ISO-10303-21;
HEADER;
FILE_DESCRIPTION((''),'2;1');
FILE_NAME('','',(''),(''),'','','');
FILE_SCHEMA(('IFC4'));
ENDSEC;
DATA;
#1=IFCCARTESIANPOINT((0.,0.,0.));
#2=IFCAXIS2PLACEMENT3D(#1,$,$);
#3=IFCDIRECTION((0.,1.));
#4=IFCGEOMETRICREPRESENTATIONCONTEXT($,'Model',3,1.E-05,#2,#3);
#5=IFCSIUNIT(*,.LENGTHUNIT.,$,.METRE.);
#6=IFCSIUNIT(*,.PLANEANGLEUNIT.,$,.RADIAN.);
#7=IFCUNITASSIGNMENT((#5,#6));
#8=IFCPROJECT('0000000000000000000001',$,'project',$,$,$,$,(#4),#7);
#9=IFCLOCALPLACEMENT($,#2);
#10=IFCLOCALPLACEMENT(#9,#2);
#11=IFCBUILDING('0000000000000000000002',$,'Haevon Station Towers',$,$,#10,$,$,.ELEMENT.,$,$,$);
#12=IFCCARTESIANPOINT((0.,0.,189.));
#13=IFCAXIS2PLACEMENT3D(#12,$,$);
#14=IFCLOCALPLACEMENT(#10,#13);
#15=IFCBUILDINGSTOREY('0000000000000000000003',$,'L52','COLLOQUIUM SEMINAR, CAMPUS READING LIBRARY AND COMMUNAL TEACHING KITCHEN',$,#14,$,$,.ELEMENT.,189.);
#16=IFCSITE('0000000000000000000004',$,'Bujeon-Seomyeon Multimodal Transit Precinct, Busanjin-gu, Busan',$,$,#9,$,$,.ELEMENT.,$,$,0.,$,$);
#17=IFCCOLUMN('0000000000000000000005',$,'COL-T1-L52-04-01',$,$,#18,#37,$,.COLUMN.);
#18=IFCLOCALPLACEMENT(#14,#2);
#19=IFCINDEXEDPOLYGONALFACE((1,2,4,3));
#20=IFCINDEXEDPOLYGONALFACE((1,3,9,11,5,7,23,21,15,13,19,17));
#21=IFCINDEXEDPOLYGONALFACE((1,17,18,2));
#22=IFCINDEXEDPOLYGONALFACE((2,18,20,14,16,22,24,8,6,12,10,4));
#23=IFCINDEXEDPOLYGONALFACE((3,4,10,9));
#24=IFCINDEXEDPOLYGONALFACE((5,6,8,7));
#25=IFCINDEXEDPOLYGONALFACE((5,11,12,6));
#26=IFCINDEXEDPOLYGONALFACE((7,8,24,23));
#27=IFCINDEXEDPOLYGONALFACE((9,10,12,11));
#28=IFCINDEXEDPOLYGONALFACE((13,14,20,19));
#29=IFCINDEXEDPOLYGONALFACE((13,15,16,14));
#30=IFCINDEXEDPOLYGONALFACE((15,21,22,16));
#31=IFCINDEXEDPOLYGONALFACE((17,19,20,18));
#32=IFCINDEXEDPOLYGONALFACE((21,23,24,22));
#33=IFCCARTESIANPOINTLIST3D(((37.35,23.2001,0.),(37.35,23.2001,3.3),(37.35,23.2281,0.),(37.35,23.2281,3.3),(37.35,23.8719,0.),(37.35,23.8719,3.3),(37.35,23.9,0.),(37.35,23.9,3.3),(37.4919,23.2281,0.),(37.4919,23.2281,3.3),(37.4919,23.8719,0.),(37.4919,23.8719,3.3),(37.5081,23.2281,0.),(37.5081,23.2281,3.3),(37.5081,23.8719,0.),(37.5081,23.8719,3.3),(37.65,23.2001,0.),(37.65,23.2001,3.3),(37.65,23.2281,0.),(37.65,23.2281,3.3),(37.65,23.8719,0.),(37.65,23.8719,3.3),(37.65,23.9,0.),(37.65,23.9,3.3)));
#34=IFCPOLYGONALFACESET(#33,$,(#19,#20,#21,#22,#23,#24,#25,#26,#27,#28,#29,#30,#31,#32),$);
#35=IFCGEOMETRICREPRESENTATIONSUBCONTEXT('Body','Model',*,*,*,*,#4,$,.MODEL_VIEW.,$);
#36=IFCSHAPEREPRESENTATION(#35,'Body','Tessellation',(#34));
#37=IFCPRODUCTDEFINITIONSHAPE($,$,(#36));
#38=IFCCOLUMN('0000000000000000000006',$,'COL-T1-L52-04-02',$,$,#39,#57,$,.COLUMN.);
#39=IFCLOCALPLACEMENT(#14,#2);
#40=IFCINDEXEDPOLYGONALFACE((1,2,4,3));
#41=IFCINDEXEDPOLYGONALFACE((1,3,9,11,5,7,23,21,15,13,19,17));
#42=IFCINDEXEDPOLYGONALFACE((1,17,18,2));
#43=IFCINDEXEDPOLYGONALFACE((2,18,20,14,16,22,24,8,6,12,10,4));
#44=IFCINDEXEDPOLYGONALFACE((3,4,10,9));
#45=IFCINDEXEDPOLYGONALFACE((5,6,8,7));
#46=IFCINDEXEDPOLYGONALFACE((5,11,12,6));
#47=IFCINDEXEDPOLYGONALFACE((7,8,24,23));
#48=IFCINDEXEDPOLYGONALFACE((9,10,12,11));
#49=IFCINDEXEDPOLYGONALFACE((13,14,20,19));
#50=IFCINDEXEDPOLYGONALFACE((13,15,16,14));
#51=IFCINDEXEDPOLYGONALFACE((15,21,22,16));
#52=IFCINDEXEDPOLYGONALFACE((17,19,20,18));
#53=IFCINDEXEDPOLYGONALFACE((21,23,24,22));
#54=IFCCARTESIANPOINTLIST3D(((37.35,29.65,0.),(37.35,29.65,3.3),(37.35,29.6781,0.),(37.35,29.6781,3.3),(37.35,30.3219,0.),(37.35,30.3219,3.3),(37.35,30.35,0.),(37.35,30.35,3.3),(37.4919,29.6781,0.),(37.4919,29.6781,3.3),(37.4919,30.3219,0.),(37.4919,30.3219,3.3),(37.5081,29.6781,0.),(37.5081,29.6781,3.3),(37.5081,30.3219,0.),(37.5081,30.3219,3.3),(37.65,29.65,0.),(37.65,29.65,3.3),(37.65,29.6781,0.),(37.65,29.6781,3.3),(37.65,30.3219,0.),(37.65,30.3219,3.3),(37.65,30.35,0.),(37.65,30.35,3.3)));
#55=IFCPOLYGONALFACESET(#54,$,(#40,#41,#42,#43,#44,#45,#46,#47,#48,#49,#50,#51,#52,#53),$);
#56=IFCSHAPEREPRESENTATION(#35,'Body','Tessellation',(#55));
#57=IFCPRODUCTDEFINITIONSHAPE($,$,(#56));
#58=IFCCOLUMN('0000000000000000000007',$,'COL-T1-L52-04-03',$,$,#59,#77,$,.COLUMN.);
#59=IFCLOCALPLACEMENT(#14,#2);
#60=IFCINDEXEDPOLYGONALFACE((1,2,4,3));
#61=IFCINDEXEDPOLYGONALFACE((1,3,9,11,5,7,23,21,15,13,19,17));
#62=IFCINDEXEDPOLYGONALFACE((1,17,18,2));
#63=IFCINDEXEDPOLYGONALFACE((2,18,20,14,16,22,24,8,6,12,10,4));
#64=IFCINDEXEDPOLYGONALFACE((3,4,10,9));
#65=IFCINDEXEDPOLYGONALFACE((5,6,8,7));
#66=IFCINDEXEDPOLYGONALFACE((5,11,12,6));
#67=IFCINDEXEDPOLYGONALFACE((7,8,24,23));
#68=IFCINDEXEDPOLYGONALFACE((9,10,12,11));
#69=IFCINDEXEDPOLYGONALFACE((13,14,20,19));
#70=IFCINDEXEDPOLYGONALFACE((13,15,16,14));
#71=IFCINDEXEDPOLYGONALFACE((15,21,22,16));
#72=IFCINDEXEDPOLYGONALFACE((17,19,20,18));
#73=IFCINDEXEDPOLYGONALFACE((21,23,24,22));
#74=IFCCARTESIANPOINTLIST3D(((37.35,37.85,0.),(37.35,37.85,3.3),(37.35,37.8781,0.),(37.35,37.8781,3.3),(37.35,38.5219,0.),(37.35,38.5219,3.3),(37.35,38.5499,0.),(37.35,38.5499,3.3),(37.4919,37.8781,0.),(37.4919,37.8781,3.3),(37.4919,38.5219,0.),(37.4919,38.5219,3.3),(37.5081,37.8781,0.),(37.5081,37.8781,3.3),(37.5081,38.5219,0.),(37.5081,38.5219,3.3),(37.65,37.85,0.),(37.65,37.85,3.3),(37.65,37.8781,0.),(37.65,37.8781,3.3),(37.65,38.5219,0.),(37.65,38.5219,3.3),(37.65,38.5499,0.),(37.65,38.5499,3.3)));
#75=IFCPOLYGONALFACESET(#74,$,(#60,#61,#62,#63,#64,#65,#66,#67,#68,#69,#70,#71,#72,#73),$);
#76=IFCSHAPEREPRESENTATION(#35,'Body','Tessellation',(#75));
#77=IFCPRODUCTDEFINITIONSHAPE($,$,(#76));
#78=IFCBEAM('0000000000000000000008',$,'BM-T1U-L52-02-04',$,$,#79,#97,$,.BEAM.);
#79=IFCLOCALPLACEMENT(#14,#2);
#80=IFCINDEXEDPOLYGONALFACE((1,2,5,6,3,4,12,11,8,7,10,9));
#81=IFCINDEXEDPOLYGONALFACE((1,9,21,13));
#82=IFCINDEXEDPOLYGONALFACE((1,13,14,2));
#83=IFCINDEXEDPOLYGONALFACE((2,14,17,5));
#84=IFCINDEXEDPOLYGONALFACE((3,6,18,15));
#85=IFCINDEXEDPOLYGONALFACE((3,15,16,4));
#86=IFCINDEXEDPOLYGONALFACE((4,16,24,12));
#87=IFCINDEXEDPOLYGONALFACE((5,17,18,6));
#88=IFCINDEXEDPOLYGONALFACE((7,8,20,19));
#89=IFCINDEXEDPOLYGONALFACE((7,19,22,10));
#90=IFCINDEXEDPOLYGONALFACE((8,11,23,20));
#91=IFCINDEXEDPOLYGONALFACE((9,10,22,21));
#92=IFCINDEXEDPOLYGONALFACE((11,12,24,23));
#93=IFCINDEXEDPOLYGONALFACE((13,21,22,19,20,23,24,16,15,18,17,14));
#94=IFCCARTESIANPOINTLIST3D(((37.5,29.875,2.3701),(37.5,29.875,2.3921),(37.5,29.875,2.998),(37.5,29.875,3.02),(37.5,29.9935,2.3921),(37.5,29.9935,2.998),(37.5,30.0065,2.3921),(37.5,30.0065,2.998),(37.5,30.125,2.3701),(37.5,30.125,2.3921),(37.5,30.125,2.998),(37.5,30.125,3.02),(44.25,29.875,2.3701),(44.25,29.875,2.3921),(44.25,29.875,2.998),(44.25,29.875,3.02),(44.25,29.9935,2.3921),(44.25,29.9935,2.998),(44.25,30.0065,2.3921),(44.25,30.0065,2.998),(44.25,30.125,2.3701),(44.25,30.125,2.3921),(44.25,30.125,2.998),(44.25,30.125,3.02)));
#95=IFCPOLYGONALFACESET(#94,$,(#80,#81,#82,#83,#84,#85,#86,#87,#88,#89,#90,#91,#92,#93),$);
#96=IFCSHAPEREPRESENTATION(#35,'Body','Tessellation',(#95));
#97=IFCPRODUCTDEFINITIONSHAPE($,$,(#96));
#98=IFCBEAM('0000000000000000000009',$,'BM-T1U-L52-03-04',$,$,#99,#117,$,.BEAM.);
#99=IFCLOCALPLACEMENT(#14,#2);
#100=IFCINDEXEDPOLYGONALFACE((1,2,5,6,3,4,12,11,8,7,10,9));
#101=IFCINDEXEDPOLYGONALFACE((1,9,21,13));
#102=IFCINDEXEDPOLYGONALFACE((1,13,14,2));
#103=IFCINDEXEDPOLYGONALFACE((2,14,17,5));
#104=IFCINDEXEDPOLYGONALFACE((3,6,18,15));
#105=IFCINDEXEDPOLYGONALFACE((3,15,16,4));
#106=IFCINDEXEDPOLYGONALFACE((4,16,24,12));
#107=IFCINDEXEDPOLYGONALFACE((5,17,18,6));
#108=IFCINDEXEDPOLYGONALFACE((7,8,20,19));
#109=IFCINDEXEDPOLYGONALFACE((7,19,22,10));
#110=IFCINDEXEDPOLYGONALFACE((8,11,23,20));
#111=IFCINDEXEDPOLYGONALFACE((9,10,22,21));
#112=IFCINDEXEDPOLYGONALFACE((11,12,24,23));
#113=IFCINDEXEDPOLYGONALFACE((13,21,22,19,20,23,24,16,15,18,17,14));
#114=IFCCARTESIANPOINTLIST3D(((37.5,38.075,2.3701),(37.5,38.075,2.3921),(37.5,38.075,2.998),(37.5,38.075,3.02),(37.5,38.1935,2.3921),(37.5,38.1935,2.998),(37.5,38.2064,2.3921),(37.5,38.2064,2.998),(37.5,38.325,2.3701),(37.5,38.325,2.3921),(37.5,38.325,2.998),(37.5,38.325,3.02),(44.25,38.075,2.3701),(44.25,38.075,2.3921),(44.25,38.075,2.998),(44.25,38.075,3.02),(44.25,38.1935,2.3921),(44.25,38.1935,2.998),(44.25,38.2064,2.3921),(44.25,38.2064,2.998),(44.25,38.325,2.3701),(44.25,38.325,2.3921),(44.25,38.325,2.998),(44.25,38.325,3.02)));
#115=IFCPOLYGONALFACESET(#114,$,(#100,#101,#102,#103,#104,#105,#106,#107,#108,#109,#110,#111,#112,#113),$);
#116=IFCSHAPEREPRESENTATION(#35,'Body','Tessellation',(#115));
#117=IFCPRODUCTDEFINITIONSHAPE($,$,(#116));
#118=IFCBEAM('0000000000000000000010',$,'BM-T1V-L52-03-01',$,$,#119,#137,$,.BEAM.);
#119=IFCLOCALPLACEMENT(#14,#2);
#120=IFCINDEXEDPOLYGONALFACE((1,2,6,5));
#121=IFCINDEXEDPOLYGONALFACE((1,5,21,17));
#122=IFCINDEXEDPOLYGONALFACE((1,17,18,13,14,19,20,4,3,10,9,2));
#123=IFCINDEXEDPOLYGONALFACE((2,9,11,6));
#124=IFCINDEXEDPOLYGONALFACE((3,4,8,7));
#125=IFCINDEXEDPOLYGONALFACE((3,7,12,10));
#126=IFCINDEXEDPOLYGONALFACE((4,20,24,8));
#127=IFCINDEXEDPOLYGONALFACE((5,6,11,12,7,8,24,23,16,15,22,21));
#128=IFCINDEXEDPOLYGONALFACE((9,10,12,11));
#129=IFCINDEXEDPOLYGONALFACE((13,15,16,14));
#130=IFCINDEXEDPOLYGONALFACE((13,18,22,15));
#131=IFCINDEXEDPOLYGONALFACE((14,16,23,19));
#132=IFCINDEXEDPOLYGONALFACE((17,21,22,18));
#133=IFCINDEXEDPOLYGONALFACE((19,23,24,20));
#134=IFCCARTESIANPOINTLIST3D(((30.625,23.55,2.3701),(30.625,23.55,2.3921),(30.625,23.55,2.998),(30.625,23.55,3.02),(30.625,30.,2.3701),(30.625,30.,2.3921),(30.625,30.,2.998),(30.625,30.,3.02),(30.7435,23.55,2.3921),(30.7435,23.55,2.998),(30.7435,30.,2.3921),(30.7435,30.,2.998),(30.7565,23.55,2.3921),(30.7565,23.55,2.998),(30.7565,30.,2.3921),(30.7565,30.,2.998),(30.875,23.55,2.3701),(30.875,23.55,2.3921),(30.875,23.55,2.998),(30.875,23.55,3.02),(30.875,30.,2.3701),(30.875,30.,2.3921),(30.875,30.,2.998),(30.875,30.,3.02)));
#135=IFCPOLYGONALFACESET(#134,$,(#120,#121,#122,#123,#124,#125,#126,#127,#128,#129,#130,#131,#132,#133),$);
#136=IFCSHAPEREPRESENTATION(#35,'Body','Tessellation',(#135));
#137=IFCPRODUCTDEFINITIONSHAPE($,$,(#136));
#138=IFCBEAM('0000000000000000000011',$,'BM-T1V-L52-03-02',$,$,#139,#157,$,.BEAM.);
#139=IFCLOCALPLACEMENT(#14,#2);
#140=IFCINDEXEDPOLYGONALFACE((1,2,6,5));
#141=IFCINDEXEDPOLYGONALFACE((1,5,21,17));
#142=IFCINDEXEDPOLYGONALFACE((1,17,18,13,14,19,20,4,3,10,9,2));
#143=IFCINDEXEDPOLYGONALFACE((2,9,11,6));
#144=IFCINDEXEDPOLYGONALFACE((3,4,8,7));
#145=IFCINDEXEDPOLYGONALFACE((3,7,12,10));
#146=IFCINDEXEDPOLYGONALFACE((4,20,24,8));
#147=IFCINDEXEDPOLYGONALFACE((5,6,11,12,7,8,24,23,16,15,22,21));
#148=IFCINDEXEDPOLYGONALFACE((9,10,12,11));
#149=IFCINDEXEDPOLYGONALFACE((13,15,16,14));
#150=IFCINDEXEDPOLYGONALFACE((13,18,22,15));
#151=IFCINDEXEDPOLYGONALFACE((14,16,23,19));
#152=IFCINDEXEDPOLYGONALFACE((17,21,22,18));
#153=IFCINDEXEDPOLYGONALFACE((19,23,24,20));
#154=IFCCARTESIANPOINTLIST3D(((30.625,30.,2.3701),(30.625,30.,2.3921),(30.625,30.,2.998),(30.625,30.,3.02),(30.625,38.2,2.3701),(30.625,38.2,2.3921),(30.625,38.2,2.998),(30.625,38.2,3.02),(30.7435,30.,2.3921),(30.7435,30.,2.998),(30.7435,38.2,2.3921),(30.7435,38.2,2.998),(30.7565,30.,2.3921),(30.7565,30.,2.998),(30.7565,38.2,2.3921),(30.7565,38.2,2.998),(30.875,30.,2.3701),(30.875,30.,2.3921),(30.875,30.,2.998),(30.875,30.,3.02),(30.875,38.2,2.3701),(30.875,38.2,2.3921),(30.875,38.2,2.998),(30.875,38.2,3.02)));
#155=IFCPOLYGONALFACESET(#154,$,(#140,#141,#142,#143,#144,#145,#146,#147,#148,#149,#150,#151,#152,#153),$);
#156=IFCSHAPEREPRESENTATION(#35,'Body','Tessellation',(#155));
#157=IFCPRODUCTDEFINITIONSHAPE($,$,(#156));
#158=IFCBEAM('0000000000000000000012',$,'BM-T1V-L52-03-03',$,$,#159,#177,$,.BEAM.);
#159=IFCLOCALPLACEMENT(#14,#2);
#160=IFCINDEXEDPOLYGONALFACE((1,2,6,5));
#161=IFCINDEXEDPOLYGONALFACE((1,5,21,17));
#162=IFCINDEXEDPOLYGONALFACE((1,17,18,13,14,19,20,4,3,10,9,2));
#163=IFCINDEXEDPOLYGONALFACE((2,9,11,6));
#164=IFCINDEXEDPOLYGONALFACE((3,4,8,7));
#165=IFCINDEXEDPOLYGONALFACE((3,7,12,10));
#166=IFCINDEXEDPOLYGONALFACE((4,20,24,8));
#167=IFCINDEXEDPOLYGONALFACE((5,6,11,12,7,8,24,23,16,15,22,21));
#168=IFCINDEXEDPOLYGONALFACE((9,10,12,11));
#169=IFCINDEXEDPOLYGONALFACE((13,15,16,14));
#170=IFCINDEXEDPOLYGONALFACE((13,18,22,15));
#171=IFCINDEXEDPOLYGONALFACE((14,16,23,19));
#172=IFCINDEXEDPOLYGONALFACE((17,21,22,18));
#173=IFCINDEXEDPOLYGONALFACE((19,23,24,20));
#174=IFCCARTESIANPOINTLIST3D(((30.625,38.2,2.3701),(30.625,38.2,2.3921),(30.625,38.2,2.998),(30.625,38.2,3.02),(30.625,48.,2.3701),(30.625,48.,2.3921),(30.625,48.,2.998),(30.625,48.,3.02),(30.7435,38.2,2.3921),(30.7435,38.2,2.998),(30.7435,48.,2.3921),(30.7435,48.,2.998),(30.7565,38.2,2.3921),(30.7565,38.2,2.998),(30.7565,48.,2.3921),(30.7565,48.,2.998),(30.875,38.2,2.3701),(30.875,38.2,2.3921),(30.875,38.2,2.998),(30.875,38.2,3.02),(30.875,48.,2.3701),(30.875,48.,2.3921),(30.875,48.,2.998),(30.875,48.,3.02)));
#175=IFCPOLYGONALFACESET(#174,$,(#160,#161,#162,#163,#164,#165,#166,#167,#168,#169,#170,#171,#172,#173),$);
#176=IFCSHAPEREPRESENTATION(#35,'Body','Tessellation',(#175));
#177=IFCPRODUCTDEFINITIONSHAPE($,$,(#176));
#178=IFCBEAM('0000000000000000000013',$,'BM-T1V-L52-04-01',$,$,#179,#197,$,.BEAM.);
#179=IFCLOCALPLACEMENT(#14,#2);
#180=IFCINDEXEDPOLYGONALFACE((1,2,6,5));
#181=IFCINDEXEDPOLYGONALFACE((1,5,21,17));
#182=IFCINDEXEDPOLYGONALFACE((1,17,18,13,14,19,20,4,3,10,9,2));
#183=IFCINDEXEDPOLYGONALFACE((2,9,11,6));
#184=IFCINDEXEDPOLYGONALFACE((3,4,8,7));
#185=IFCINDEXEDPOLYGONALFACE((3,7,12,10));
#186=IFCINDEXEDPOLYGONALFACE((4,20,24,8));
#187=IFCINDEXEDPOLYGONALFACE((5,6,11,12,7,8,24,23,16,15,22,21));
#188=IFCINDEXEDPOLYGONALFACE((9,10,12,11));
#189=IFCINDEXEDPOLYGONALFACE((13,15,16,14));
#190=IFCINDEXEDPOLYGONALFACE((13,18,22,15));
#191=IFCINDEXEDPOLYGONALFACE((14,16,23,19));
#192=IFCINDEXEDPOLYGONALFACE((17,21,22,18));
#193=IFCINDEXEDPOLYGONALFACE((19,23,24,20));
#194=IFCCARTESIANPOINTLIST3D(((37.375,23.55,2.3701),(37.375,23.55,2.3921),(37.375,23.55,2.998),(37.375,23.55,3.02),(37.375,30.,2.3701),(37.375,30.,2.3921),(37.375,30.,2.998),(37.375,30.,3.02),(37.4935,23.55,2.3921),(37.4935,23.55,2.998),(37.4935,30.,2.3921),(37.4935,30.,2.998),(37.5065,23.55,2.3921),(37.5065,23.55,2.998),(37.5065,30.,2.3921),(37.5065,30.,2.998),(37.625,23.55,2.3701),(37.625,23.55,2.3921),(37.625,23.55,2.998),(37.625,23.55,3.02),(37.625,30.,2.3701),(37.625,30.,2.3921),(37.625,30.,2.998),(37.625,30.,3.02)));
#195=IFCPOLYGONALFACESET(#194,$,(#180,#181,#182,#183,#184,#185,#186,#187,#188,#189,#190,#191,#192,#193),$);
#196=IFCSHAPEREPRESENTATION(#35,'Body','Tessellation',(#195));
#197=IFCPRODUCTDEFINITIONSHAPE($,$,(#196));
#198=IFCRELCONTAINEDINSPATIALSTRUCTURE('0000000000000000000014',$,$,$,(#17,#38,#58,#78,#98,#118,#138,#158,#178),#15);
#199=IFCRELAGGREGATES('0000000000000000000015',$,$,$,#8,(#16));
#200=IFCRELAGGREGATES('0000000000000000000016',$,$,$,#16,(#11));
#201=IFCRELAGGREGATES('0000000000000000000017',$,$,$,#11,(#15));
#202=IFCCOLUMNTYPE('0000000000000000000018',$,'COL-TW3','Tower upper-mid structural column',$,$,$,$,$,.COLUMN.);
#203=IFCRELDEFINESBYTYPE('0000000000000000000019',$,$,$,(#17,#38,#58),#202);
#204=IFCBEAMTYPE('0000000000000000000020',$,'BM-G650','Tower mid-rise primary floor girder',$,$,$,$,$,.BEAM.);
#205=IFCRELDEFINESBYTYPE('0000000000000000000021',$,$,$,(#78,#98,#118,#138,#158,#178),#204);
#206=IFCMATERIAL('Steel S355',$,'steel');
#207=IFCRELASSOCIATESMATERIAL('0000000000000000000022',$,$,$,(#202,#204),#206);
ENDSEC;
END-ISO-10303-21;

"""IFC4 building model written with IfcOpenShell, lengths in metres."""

from ifc_helpers import new_model, si_unit, direction, frame, origin, origin_2d, place, context, subcontext, project, spatial, i_section, extrude, material, material_profile, profile_set, type_object, element, save


model = new_model("IFC4")

# Units and contexts
model_context = context("Model", 3, precision=1e-05, world=origin(), true_north=direction((0.0, 1.0)))
body_context = subcontext(model_context, "Body", "Model", "MODEL_VIEW")
ifc_project = project(units=[si_unit("LENGTHUNIT", "METRE"), si_unit("PLANEANGLEUNIT", "RADIAN")], contexts=[model_context])

# Site, building, storey
site_placement = place(None, origin())
site = spatial("IfcSite", under=ifc_project, at=site_placement, Name="Bujeon-Seomyeon Multimodal Transit Precinct, Busanjin-gu, Busan", CompositionType="ELEMENT", RefElevation=0.0)
building_placement = place(site_placement, origin())
building = spatial("IfcBuilding", under=site, at=building_placement, Name="Haevon Station Towers", CompositionType="ELEMENT")
storey_placement = place(building_placement, frame((0.0, 0.0, 189.0)))
storey = spatial("IfcBuildingStorey", under=building, at=storey_placement, Name="L52", Description="COLLOQUIUM SEMINAR, CAMPUS READING LIBRARY AND COMMUNAL TEACHING KITCHEN", CompositionType="ELEMENT", Elevation=189.0)

# Columns
ifc_material_1 = material(Name="Steel S355", Category="steel")
ifc_material_profile_1 = material_profile(ifc_material_1, i_section(OverallWidth=0.3, OverallDepth=0.7, WebThickness=0.0161, FlangeThickness=0.0281, at=origin_2d()), Name="H-700x300x16x28")
ifc_profile_set_1 = profile_set([ifc_material_profile_1], Name="Steel S355")
column_type = type_object("IfcColumnType", Name="COL-TW3", Description="Tower upper-mid structural column", PredefinedType="COLUMN", material=ifc_profile_set_1)
for number, where, z_axis, x_axis, name in (
    (1, (37.5, 23.55, 0.0), (0.0, 0.0, 1.0), (1.0, 0.0, 0.0), "COL-T1-L52-04-01"),
    (2, (37.5, 30.0, 0.0), (0.0, 0.0, 1.0), (1.0, 0.0, 0.0), "COL-T1-L52-04-02"),
    (3, (37.5, 38.2, 0.0), (0.0, 0.0, 1.0), (1.0, 0.0, 0.0), "COL-T1-L52-04-03"),
):
    element("IfcColumn", number, at=place(storey_placement, frame(where, z_axis=z_axis, x_axis=x_axis)), inside=storey, type_object=column_type, Name=name, PredefinedType="COLUMN", context=body_context, shape_type="SweptSolid", body=[
        extrude(i_section(OverallWidth=0.3, OverallDepth=0.7, WebThickness=0.0161, FlangeThickness=0.0281, at=origin_2d()), origin(), (0.0, 0.0, 1.0), 3.3),
    ])

# Beams
ifc_material_profile_2 = material_profile(ifc_material_1, i_section(OverallWidth=0.25, OverallDepth=0.6499, WebThickness=0.0129, FlangeThickness=0.022, at=origin_2d()), Name="H-650x250x13x22")
ifc_profile_set_2 = profile_set([ifc_material_profile_2], Name="Steel S355")
beam_type_1 = type_object("IfcBeamType", Name="BM-G650", Description="Tower mid-rise primary floor girder", PredefinedType="BEAM", material=ifc_profile_set_2)
for number, where, z_axis, x_axis, name in (
    (4, (37.5, 30.0, 2.6951), (1.0, 0.0, 0.0), (0.0, 1.0, 0.0), "BM-T1U-L52-02-04"),
    (5, (37.5, 38.2, 2.6951), (1.0, 0.0, 0.0), (0.0, 1.0, 0.0), "BM-T1U-L52-03-04"),
):
    element("IfcBeam", number, at=place(storey_placement, frame(where, z_axis=z_axis, x_axis=x_axis)), inside=storey, type_object=beam_type_1, Name=name, PredefinedType="BEAM", context=body_context, shape_type="SweptSolid", body=[
        extrude(i_section(OverallWidth=0.25, OverallDepth=0.6499, WebThickness=0.0129, FlangeThickness=0.022, at=origin_2d()), origin(), (0.0, 0.0, 1.0), 6.75),
    ])
beam_1_placement = place(storey_placement, frame((30.75, 23.55, 2.6951), z_axis=(0.0, 1.0, 0.0), x_axis=(-1.0, 0.0, 0.0)))
element("IfcBeam", 6, at=beam_1_placement, inside=storey, type_object=beam_type_1, Name="BM-T1V-L52-03-01", PredefinedType="BEAM", context=body_context, shape_type="SweptSolid", body=[
    extrude(i_section(OverallWidth=0.25, OverallDepth=0.6499, WebThickness=0.0129, FlangeThickness=0.022, at=origin_2d()), origin(), (0.0, 0.0, 1.0), 6.45),
])
beam_2_placement = place(storey_placement, frame((30.75, 30.0, 2.6951), z_axis=(0.0, 1.0, 0.0), x_axis=(-1.0, 0.0, 0.0)))
element("IfcBeam", 7, at=beam_2_placement, inside=storey, type_object=beam_type_1, Name="BM-T1V-L52-03-02", PredefinedType="BEAM", context=body_context, shape_type="SweptSolid", body=[
    extrude(i_section(OverallWidth=0.25, OverallDepth=0.6499, WebThickness=0.0129, FlangeThickness=0.022, at=origin_2d()), origin(), (0.0, 0.0, 1.0), 8.2),
])
beam_3_placement = place(storey_placement, frame((30.75, 38.2, 2.6951), z_axis=(0.0, 1.0, 0.0), x_axis=(-1.0, 0.0, 0.0)))
element("IfcBeam", 8, at=beam_3_placement, inside=storey, type_object=beam_type_1, Name="BM-T1V-L52-03-03", PredefinedType="BEAM", context=body_context, shape_type="SweptSolid", body=[
    extrude(i_section(OverallWidth=0.25, OverallDepth=0.6499, WebThickness=0.0129, FlangeThickness=0.022, at=origin_2d()), origin(), (0.0, 0.0, 1.0), 9.8),
])
beam_4_placement = place(storey_placement, frame((37.5, 23.55, 2.6951), z_axis=(0.0, 1.0, 0.0), x_axis=(-1.0, 0.0, 0.0)))
element("IfcBeam", 9, at=beam_4_placement, inside=storey, type_object=beam_type_1, Name="BM-T1V-L52-04-01", PredefinedType="BEAM", context=body_context, shape_type="SweptSolid", body=[
    extrude(i_section(OverallWidth=0.25, OverallDepth=0.6499, WebThickness=0.0129, FlangeThickness=0.022, at=origin_2d()), origin(), (0.0, 0.0, 1.0), 6.45),
])

save(model, "model.ifc")
